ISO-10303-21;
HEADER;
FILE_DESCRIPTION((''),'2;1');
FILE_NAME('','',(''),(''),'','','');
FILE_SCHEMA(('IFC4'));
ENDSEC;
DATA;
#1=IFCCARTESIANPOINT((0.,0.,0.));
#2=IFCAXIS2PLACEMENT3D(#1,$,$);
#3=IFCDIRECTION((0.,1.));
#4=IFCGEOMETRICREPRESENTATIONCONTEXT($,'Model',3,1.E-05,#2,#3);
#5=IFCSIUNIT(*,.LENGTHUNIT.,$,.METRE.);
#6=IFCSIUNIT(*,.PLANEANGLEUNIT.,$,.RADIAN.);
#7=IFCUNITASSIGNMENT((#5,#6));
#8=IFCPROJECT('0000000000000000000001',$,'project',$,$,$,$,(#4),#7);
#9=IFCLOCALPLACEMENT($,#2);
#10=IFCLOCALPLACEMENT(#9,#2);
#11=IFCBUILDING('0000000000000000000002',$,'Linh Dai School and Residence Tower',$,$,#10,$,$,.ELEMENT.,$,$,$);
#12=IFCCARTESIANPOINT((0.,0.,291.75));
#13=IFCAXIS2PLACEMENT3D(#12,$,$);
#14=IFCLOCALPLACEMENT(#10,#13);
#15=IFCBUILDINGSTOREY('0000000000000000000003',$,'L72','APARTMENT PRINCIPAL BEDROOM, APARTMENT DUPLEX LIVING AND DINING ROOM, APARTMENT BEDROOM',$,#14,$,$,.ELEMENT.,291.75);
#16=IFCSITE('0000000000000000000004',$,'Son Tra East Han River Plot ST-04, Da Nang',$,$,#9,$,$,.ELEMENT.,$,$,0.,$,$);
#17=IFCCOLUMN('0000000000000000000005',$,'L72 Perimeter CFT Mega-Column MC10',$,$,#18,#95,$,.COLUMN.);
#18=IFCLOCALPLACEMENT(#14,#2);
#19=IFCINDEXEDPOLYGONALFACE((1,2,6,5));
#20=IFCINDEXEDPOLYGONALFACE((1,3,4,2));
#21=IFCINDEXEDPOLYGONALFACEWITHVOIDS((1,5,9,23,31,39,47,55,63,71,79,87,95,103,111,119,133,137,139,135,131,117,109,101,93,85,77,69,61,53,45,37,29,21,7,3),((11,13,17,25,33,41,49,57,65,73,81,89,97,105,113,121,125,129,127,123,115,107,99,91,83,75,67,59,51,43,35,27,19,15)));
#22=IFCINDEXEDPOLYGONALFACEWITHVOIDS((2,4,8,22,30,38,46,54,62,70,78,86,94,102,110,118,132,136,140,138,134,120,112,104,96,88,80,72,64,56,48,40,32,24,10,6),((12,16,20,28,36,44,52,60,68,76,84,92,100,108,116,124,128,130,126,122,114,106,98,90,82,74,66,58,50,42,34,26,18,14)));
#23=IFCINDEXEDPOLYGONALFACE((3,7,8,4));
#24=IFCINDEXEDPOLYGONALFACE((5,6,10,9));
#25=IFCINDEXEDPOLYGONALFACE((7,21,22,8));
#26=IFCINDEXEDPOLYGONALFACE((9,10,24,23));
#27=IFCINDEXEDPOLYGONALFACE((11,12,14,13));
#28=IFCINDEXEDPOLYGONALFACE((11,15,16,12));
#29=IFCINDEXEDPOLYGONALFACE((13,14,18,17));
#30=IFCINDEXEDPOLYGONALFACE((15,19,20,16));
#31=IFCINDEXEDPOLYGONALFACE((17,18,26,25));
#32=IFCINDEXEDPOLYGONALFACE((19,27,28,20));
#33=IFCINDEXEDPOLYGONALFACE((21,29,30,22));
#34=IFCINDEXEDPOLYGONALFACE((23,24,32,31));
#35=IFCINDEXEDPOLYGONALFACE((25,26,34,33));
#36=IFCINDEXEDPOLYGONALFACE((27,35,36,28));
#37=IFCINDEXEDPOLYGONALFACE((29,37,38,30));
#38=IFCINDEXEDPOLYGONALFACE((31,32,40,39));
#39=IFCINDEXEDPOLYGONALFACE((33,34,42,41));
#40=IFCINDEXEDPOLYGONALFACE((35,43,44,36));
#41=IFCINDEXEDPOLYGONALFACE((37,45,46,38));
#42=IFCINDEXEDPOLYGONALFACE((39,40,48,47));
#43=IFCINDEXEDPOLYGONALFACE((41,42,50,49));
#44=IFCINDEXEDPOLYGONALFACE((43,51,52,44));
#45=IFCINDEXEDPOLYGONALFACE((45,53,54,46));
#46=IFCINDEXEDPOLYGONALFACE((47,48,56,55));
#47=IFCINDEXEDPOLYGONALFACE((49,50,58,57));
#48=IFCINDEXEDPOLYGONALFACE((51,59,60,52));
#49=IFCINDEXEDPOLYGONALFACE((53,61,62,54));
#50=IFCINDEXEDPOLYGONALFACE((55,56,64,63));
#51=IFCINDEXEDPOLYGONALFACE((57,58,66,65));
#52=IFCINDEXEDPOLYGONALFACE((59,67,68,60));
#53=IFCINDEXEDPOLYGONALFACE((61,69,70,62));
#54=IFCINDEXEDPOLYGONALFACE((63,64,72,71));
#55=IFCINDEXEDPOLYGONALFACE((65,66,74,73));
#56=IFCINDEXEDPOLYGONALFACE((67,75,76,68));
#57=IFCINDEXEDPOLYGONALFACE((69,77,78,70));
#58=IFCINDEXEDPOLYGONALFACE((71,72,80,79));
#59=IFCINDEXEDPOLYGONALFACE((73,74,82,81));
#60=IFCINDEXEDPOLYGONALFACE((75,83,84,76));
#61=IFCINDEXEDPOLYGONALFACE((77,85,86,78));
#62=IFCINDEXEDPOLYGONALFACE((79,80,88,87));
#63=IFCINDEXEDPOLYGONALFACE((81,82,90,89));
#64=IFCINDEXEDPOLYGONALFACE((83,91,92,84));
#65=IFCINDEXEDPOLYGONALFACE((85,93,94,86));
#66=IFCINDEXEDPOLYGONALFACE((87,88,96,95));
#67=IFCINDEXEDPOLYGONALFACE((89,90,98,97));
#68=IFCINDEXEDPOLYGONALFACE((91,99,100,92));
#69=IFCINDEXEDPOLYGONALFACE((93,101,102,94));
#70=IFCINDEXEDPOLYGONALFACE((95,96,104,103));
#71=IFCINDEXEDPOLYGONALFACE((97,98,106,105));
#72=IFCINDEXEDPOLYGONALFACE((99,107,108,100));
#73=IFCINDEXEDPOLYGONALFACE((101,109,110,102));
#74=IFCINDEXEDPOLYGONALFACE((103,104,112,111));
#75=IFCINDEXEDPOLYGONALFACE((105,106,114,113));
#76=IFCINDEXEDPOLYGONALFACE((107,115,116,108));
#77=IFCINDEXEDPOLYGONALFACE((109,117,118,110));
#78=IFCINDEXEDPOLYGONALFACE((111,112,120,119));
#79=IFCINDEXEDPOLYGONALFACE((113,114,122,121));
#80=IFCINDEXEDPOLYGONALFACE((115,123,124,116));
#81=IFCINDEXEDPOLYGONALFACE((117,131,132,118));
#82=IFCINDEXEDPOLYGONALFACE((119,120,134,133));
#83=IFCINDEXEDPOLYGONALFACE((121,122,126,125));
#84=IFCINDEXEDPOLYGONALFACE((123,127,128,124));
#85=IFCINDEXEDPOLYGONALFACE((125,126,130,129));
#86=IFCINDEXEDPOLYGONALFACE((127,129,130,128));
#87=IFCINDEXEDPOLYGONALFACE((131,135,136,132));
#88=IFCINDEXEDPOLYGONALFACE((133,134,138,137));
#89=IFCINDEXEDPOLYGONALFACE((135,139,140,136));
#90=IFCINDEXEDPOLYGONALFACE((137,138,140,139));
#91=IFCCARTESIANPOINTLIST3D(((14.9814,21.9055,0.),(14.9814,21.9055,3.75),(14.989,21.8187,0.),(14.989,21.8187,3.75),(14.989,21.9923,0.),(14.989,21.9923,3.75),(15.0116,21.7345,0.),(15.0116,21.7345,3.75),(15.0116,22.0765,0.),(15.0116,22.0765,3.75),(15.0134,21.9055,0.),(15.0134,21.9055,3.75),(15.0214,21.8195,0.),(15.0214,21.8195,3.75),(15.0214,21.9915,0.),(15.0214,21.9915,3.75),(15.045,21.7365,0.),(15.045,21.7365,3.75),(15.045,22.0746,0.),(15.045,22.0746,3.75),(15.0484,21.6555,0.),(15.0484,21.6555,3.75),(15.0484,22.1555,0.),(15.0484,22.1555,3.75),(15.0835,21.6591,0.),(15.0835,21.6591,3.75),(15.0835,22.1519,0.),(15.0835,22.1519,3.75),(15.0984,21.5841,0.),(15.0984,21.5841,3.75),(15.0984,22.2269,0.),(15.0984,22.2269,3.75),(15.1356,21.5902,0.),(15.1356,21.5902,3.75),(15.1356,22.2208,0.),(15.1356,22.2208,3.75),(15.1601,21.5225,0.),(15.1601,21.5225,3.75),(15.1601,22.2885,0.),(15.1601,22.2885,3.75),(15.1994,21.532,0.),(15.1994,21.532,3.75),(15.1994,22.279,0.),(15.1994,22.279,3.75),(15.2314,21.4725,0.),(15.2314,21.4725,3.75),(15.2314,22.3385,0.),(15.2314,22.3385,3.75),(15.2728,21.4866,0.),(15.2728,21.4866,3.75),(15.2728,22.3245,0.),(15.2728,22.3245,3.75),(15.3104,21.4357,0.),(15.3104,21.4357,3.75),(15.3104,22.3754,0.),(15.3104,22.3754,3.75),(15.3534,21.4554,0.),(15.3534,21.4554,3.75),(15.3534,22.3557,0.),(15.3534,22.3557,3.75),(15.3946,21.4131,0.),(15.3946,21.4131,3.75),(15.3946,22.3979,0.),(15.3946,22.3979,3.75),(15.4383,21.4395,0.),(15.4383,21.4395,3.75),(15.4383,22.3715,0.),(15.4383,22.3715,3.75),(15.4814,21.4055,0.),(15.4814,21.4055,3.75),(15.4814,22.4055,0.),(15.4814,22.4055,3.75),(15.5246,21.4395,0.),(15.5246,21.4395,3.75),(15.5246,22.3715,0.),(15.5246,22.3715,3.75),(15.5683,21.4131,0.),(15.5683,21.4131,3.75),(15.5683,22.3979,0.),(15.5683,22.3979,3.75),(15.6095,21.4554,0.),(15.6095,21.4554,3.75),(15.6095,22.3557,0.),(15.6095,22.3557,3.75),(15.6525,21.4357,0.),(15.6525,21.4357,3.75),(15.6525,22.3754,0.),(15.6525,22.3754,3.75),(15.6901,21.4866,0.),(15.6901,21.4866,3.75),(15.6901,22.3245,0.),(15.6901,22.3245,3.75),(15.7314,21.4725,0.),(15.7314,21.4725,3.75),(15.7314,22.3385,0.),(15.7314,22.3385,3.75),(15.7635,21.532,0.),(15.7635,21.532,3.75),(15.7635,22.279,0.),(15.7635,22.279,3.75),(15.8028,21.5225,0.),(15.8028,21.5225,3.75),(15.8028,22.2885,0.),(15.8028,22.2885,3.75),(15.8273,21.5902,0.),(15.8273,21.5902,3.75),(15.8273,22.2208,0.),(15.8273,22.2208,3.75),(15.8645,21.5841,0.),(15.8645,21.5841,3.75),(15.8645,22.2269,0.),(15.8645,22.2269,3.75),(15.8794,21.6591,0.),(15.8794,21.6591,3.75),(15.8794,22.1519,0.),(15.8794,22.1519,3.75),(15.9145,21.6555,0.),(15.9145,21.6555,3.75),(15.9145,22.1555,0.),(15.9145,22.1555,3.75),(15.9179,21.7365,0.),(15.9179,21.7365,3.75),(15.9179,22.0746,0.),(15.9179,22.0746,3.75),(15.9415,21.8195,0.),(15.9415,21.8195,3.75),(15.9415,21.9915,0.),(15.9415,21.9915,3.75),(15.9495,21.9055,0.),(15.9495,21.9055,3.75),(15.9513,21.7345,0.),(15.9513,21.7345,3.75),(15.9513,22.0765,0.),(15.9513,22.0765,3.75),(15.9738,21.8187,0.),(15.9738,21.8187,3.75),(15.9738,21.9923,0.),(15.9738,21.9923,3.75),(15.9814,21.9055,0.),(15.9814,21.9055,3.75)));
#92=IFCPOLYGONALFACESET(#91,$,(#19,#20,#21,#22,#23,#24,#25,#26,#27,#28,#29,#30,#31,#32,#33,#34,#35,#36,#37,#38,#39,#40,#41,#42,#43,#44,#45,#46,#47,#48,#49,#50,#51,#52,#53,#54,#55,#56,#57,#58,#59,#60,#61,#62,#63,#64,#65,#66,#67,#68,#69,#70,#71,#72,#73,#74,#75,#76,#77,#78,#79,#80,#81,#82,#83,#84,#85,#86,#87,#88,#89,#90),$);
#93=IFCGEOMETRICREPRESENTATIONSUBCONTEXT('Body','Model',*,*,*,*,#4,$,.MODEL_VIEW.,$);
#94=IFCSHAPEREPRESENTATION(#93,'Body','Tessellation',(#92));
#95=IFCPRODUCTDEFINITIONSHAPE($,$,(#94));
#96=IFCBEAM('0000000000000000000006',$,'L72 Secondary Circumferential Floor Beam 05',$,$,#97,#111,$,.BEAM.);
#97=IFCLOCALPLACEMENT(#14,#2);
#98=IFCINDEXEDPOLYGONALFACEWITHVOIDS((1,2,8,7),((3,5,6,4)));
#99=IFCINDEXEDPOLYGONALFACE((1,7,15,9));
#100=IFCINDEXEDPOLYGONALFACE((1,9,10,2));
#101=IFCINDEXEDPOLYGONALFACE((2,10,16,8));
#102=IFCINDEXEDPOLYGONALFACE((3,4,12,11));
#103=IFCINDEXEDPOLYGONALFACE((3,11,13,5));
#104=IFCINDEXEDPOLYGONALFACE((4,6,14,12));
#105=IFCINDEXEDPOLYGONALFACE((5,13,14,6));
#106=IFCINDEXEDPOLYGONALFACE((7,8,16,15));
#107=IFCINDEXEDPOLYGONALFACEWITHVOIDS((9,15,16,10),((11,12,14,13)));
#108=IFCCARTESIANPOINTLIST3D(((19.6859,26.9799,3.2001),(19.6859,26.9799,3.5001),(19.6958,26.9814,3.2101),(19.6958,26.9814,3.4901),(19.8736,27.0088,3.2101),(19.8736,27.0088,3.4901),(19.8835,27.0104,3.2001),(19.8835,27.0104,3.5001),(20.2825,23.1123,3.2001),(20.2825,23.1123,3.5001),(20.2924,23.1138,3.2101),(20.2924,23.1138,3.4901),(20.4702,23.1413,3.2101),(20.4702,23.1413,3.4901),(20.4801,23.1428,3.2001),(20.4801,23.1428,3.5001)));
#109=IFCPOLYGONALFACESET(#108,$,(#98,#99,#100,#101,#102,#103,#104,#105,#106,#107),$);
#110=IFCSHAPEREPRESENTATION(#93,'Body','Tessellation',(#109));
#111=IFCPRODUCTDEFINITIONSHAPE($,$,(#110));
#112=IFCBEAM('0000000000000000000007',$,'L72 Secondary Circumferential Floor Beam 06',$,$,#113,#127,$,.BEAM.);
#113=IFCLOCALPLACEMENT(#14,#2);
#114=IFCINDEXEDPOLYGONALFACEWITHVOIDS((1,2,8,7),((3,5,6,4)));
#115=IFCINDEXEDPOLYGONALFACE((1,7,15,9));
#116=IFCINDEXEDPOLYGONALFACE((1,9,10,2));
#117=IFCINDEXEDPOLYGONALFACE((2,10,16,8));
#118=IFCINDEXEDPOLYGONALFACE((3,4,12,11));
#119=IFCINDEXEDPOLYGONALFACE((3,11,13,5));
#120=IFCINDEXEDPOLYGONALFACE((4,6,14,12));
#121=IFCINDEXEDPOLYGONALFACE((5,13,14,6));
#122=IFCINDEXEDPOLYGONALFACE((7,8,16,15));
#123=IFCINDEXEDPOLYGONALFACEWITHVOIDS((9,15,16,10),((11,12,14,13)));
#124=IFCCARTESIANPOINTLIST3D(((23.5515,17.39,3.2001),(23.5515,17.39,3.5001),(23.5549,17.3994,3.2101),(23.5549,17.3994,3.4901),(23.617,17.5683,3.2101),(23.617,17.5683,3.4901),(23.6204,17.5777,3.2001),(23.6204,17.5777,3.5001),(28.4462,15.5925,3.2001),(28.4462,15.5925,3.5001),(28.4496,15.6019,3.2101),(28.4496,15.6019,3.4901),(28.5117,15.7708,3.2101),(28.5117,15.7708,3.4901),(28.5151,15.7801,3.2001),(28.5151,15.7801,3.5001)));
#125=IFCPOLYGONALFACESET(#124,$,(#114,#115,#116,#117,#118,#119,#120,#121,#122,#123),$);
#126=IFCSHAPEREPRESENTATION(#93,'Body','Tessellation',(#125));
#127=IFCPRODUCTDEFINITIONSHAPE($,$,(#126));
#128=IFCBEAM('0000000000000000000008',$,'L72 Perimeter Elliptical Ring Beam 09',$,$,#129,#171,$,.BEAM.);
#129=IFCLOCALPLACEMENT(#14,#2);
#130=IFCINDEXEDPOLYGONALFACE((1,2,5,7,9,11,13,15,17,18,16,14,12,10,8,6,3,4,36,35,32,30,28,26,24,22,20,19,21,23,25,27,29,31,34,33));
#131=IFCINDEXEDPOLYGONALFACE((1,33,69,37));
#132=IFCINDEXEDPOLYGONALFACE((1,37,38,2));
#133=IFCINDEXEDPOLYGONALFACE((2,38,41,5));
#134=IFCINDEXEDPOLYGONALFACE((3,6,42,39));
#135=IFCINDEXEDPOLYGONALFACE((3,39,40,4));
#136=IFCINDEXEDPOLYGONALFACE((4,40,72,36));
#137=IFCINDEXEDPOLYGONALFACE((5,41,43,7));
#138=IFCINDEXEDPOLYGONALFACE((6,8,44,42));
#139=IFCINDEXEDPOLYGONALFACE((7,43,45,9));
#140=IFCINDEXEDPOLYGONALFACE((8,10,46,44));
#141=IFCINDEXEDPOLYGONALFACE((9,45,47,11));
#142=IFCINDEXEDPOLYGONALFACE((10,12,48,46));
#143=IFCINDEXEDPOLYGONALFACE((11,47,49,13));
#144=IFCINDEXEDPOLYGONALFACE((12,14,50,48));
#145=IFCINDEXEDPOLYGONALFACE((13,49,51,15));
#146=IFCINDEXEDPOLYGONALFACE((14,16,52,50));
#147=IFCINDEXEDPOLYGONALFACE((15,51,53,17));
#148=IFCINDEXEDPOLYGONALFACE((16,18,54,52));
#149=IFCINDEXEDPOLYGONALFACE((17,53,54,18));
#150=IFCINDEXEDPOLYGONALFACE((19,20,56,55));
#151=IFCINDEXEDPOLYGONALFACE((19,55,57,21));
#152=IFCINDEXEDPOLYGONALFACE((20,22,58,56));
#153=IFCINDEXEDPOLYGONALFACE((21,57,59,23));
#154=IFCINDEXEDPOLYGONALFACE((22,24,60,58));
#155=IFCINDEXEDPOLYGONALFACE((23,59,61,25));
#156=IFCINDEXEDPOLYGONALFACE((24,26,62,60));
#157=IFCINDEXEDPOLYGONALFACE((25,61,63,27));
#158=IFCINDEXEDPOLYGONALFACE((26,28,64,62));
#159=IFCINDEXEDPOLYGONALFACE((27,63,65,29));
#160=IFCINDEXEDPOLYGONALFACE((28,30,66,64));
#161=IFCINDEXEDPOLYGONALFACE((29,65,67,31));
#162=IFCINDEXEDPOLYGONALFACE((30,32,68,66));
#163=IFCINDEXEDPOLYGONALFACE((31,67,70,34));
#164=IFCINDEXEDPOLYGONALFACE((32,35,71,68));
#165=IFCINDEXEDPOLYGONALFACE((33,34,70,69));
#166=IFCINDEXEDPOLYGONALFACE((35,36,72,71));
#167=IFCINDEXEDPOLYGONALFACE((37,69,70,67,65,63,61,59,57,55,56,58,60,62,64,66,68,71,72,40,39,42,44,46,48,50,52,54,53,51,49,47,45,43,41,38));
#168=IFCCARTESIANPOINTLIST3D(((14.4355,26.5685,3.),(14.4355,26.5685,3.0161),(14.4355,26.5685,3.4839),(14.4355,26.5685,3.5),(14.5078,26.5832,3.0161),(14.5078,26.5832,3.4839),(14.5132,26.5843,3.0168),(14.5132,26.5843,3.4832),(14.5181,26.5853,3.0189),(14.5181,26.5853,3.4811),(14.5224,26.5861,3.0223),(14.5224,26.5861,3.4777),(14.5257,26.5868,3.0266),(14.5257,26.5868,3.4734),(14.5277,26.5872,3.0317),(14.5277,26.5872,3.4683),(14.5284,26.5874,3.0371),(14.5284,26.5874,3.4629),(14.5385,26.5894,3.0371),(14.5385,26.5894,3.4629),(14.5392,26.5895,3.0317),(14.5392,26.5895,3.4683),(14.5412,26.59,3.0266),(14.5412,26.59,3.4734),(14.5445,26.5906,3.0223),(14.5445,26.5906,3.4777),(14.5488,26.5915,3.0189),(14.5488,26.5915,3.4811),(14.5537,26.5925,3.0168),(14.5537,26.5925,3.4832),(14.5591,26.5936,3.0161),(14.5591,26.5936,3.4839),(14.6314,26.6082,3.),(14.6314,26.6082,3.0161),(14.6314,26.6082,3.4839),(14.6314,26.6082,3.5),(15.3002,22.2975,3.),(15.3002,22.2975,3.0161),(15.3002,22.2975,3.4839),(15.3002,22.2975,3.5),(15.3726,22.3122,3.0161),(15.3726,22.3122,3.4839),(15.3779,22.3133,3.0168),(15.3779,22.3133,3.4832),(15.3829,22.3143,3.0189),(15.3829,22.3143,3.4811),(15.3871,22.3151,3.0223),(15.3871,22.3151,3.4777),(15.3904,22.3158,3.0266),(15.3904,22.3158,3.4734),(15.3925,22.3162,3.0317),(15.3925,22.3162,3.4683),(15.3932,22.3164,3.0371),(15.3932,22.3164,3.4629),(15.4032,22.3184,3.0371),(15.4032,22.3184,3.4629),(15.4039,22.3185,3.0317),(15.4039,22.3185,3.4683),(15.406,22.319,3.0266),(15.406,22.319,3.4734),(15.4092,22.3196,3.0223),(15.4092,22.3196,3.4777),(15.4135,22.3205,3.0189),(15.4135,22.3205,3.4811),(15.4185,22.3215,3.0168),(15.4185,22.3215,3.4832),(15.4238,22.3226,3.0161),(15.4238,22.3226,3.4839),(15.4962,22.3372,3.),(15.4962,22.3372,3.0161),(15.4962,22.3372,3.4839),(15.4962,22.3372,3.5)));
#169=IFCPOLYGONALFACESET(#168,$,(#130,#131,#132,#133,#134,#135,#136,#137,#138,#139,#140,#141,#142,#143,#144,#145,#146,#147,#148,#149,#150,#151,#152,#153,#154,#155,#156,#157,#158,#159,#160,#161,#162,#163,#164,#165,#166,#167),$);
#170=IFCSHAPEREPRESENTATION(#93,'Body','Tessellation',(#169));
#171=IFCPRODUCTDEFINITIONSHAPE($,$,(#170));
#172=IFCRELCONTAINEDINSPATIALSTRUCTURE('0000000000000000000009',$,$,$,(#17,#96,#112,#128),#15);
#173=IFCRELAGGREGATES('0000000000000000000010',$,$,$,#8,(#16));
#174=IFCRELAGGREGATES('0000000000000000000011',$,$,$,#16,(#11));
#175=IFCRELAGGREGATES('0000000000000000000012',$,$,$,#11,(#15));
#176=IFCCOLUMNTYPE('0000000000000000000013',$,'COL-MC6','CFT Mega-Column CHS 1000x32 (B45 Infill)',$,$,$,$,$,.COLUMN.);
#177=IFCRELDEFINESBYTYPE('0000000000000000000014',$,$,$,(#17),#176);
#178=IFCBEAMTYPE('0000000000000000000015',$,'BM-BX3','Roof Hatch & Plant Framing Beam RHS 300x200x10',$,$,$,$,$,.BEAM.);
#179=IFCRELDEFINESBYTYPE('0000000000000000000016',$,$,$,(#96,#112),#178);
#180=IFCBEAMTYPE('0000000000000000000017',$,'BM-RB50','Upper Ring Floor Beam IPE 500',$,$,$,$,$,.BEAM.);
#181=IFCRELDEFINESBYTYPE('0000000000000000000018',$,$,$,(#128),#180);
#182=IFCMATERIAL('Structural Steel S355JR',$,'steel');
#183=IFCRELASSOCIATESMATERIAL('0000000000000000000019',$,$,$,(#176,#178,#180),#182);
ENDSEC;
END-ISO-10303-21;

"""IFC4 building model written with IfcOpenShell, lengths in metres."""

from ifc_helpers import new_model, si_unit, direction, frame, origin, origin_2d, place, context, subcontext, project, spatial, hollow_rectangle, hollow_circle, i_section, extrude, material, material_profile, profile_set, type_object, element, save


model = new_model("IFC4")

# Units and contexts
model_context = context("Model", 3, precision=1e-05, world=origin(), true_north=direction((0.0, 1.0)))
body_context = subcontext(model_context, "Body", "Model", "MODEL_VIEW")
ifc_project = project(units=[si_unit("LENGTHUNIT", "METRE"), si_unit("PLANEANGLEUNIT", "RADIAN")], contexts=[model_context])

# Site, building, storey
site_placement = place(None, origin())
site = spatial("IfcSite", under=ifc_project, at=site_placement, Name="Son Tra East Han River Plot ST-04, Da Nang", CompositionType="ELEMENT", RefElevation=0.0)
building_placement = place(site_placement, origin())
building = spatial("IfcBuilding", under=site, at=building_placement, Name="Linh Dai School and Residence Tower", CompositionType="ELEMENT")
storey_placement = place(building_placement, frame((0.0, 0.0, 291.75)))
storey = spatial("IfcBuildingStorey", under=building, at=storey_placement, Name="L72", Description="APARTMENT PRINCIPAL BEDROOM, APARTMENT DUPLEX LIVING AND DINING ROOM, APARTMENT BEDROOM", CompositionType="ELEMENT", Elevation=291.75)

# Column
ifc_material_1 = material(Name="Structural Steel S355JR", Category="steel")
ifc_material_profile_1 = material_profile(ifc_material_1, hollow_circle(Radius=0.5, WallThickness=0.032, at=origin_2d()), Name="CHS 1000x32")
ifc_profile_set_1 = profile_set([ifc_material_profile_1], Name="Structural Steel S355JR")
column_type = type_object("IfcColumnType", Name="COL-MC6", Description="CFT Mega-Column CHS 1000x32 (B45 Infill)", PredefinedType="COLUMN", material=ifc_profile_set_1)
column_placement = place(storey_placement, frame((15.4814, 21.9055, 0.0), z_axis=(0.0, 0.0, 1.0), x_axis=(1.0, 0.0, 0.0)))
element("IfcColumn", 1, at=column_placement, inside=storey, type_object=column_type, Name="L72 Perimeter CFT Mega-Column MC10", PredefinedType="COLUMN", context=body_context, shape_type="SweptSolid", body=[
    extrude(hollow_circle(Radius=0.5, WallThickness=0.032, at=origin_2d()), origin(), (0.0, 0.0, 1.0), 3.75),
])

# Beams
ifc_material_profile_2 = material_profile(ifc_material_1, hollow_rectangle(XDim=0.2, YDim=0.3, WallThickness=0.01, at=origin_2d()), Name="RHS 300x200x10")
ifc_profile_set_2 = profile_set([ifc_material_profile_2], Name="Structural Steel S355JR")
beam_type_1 = type_object("IfcBeamType", Name="BM-BX3", Description="Roof Hatch & Plant Framing Beam RHS 300x200x10", PredefinedType="BEAM", material=ifc_profile_set_2)
beam_1_placement = place(storey_placement, frame((19.7847, 26.9951, 3.3501), z_axis=(0.15247, -0.988308, 0.0), x_axis=(0.988308, 0.15247, 0.0)))
element("IfcBeam", 2, at=beam_1_placement, inside=storey, type_object=beam_type_1, Name="L72 Secondary Circumferential Floor Beam 05", PredefinedType="BEAM", context=body_context, shape_type="SweptSolid", body=[
    extrude(hollow_rectangle(XDim=0.2, YDim=0.3, WallThickness=0.01, at=origin_2d()), origin(), (0.0, 0.0, 1.0), 3.9133),
])
beam_2_placement = place(storey_placement, frame((23.5859, 17.4839, 3.3501), z_axis=(0.938699, -0.344737, 0.0), x_axis=(0.344737, 0.938699, 0.0)))
element("IfcBeam", 3, at=beam_2_placement, inside=storey, type_object=beam_type_1, Name="L72 Secondary Circumferential Floor Beam 06", PredefinedType="BEAM", context=body_context, shape_type="SweptSolid", body=[
    extrude(hollow_rectangle(XDim=0.2, YDim=0.3, WallThickness=0.01, at=origin_2d()), origin(), (0.0, 0.0, 1.0), 5.2144),
])
ifc_material_profile_3 = material_profile(ifc_material_1, i_section(OverallWidth=0.2, OverallDepth=0.5, WebThickness=0.0103, FlangeThickness=0.0161, FilletRadius=0.021, at=origin_2d()), Name="IPE 500")
ifc_profile_set_3 = profile_set([ifc_material_profile_3], Name="Structural Steel S355JR")
beam_type_2 = type_object("IfcBeamType", Name="BM-RB50", Description="Upper Ring Floor Beam IPE 500", PredefinedType="BEAM", material=ifc_profile_set_3)
beam_3_placement = place(storey_placement, frame((14.5334, 26.5884, 3.25), z_axis=(0.198443, -0.980112, 0.0), x_axis=(0.980112, 0.198443, 0.0)))
element("IfcBeam", 4, at=beam_3_placement, inside=storey, type_object=beam_type_2, Name="L72 Perimeter Elliptical Ring Beam 09", PredefinedType="BEAM", context=body_context, shape_type="SweptSolid", body=[
    extrude(i_section(OverallWidth=0.2, OverallDepth=0.5, WebThickness=0.0103, FlangeThickness=0.0161, FilletRadius=0.021, at=origin_2d()), origin(), (0.0, 0.0, 1.0), 4.3577),
])

save(model, "model.ifc")
